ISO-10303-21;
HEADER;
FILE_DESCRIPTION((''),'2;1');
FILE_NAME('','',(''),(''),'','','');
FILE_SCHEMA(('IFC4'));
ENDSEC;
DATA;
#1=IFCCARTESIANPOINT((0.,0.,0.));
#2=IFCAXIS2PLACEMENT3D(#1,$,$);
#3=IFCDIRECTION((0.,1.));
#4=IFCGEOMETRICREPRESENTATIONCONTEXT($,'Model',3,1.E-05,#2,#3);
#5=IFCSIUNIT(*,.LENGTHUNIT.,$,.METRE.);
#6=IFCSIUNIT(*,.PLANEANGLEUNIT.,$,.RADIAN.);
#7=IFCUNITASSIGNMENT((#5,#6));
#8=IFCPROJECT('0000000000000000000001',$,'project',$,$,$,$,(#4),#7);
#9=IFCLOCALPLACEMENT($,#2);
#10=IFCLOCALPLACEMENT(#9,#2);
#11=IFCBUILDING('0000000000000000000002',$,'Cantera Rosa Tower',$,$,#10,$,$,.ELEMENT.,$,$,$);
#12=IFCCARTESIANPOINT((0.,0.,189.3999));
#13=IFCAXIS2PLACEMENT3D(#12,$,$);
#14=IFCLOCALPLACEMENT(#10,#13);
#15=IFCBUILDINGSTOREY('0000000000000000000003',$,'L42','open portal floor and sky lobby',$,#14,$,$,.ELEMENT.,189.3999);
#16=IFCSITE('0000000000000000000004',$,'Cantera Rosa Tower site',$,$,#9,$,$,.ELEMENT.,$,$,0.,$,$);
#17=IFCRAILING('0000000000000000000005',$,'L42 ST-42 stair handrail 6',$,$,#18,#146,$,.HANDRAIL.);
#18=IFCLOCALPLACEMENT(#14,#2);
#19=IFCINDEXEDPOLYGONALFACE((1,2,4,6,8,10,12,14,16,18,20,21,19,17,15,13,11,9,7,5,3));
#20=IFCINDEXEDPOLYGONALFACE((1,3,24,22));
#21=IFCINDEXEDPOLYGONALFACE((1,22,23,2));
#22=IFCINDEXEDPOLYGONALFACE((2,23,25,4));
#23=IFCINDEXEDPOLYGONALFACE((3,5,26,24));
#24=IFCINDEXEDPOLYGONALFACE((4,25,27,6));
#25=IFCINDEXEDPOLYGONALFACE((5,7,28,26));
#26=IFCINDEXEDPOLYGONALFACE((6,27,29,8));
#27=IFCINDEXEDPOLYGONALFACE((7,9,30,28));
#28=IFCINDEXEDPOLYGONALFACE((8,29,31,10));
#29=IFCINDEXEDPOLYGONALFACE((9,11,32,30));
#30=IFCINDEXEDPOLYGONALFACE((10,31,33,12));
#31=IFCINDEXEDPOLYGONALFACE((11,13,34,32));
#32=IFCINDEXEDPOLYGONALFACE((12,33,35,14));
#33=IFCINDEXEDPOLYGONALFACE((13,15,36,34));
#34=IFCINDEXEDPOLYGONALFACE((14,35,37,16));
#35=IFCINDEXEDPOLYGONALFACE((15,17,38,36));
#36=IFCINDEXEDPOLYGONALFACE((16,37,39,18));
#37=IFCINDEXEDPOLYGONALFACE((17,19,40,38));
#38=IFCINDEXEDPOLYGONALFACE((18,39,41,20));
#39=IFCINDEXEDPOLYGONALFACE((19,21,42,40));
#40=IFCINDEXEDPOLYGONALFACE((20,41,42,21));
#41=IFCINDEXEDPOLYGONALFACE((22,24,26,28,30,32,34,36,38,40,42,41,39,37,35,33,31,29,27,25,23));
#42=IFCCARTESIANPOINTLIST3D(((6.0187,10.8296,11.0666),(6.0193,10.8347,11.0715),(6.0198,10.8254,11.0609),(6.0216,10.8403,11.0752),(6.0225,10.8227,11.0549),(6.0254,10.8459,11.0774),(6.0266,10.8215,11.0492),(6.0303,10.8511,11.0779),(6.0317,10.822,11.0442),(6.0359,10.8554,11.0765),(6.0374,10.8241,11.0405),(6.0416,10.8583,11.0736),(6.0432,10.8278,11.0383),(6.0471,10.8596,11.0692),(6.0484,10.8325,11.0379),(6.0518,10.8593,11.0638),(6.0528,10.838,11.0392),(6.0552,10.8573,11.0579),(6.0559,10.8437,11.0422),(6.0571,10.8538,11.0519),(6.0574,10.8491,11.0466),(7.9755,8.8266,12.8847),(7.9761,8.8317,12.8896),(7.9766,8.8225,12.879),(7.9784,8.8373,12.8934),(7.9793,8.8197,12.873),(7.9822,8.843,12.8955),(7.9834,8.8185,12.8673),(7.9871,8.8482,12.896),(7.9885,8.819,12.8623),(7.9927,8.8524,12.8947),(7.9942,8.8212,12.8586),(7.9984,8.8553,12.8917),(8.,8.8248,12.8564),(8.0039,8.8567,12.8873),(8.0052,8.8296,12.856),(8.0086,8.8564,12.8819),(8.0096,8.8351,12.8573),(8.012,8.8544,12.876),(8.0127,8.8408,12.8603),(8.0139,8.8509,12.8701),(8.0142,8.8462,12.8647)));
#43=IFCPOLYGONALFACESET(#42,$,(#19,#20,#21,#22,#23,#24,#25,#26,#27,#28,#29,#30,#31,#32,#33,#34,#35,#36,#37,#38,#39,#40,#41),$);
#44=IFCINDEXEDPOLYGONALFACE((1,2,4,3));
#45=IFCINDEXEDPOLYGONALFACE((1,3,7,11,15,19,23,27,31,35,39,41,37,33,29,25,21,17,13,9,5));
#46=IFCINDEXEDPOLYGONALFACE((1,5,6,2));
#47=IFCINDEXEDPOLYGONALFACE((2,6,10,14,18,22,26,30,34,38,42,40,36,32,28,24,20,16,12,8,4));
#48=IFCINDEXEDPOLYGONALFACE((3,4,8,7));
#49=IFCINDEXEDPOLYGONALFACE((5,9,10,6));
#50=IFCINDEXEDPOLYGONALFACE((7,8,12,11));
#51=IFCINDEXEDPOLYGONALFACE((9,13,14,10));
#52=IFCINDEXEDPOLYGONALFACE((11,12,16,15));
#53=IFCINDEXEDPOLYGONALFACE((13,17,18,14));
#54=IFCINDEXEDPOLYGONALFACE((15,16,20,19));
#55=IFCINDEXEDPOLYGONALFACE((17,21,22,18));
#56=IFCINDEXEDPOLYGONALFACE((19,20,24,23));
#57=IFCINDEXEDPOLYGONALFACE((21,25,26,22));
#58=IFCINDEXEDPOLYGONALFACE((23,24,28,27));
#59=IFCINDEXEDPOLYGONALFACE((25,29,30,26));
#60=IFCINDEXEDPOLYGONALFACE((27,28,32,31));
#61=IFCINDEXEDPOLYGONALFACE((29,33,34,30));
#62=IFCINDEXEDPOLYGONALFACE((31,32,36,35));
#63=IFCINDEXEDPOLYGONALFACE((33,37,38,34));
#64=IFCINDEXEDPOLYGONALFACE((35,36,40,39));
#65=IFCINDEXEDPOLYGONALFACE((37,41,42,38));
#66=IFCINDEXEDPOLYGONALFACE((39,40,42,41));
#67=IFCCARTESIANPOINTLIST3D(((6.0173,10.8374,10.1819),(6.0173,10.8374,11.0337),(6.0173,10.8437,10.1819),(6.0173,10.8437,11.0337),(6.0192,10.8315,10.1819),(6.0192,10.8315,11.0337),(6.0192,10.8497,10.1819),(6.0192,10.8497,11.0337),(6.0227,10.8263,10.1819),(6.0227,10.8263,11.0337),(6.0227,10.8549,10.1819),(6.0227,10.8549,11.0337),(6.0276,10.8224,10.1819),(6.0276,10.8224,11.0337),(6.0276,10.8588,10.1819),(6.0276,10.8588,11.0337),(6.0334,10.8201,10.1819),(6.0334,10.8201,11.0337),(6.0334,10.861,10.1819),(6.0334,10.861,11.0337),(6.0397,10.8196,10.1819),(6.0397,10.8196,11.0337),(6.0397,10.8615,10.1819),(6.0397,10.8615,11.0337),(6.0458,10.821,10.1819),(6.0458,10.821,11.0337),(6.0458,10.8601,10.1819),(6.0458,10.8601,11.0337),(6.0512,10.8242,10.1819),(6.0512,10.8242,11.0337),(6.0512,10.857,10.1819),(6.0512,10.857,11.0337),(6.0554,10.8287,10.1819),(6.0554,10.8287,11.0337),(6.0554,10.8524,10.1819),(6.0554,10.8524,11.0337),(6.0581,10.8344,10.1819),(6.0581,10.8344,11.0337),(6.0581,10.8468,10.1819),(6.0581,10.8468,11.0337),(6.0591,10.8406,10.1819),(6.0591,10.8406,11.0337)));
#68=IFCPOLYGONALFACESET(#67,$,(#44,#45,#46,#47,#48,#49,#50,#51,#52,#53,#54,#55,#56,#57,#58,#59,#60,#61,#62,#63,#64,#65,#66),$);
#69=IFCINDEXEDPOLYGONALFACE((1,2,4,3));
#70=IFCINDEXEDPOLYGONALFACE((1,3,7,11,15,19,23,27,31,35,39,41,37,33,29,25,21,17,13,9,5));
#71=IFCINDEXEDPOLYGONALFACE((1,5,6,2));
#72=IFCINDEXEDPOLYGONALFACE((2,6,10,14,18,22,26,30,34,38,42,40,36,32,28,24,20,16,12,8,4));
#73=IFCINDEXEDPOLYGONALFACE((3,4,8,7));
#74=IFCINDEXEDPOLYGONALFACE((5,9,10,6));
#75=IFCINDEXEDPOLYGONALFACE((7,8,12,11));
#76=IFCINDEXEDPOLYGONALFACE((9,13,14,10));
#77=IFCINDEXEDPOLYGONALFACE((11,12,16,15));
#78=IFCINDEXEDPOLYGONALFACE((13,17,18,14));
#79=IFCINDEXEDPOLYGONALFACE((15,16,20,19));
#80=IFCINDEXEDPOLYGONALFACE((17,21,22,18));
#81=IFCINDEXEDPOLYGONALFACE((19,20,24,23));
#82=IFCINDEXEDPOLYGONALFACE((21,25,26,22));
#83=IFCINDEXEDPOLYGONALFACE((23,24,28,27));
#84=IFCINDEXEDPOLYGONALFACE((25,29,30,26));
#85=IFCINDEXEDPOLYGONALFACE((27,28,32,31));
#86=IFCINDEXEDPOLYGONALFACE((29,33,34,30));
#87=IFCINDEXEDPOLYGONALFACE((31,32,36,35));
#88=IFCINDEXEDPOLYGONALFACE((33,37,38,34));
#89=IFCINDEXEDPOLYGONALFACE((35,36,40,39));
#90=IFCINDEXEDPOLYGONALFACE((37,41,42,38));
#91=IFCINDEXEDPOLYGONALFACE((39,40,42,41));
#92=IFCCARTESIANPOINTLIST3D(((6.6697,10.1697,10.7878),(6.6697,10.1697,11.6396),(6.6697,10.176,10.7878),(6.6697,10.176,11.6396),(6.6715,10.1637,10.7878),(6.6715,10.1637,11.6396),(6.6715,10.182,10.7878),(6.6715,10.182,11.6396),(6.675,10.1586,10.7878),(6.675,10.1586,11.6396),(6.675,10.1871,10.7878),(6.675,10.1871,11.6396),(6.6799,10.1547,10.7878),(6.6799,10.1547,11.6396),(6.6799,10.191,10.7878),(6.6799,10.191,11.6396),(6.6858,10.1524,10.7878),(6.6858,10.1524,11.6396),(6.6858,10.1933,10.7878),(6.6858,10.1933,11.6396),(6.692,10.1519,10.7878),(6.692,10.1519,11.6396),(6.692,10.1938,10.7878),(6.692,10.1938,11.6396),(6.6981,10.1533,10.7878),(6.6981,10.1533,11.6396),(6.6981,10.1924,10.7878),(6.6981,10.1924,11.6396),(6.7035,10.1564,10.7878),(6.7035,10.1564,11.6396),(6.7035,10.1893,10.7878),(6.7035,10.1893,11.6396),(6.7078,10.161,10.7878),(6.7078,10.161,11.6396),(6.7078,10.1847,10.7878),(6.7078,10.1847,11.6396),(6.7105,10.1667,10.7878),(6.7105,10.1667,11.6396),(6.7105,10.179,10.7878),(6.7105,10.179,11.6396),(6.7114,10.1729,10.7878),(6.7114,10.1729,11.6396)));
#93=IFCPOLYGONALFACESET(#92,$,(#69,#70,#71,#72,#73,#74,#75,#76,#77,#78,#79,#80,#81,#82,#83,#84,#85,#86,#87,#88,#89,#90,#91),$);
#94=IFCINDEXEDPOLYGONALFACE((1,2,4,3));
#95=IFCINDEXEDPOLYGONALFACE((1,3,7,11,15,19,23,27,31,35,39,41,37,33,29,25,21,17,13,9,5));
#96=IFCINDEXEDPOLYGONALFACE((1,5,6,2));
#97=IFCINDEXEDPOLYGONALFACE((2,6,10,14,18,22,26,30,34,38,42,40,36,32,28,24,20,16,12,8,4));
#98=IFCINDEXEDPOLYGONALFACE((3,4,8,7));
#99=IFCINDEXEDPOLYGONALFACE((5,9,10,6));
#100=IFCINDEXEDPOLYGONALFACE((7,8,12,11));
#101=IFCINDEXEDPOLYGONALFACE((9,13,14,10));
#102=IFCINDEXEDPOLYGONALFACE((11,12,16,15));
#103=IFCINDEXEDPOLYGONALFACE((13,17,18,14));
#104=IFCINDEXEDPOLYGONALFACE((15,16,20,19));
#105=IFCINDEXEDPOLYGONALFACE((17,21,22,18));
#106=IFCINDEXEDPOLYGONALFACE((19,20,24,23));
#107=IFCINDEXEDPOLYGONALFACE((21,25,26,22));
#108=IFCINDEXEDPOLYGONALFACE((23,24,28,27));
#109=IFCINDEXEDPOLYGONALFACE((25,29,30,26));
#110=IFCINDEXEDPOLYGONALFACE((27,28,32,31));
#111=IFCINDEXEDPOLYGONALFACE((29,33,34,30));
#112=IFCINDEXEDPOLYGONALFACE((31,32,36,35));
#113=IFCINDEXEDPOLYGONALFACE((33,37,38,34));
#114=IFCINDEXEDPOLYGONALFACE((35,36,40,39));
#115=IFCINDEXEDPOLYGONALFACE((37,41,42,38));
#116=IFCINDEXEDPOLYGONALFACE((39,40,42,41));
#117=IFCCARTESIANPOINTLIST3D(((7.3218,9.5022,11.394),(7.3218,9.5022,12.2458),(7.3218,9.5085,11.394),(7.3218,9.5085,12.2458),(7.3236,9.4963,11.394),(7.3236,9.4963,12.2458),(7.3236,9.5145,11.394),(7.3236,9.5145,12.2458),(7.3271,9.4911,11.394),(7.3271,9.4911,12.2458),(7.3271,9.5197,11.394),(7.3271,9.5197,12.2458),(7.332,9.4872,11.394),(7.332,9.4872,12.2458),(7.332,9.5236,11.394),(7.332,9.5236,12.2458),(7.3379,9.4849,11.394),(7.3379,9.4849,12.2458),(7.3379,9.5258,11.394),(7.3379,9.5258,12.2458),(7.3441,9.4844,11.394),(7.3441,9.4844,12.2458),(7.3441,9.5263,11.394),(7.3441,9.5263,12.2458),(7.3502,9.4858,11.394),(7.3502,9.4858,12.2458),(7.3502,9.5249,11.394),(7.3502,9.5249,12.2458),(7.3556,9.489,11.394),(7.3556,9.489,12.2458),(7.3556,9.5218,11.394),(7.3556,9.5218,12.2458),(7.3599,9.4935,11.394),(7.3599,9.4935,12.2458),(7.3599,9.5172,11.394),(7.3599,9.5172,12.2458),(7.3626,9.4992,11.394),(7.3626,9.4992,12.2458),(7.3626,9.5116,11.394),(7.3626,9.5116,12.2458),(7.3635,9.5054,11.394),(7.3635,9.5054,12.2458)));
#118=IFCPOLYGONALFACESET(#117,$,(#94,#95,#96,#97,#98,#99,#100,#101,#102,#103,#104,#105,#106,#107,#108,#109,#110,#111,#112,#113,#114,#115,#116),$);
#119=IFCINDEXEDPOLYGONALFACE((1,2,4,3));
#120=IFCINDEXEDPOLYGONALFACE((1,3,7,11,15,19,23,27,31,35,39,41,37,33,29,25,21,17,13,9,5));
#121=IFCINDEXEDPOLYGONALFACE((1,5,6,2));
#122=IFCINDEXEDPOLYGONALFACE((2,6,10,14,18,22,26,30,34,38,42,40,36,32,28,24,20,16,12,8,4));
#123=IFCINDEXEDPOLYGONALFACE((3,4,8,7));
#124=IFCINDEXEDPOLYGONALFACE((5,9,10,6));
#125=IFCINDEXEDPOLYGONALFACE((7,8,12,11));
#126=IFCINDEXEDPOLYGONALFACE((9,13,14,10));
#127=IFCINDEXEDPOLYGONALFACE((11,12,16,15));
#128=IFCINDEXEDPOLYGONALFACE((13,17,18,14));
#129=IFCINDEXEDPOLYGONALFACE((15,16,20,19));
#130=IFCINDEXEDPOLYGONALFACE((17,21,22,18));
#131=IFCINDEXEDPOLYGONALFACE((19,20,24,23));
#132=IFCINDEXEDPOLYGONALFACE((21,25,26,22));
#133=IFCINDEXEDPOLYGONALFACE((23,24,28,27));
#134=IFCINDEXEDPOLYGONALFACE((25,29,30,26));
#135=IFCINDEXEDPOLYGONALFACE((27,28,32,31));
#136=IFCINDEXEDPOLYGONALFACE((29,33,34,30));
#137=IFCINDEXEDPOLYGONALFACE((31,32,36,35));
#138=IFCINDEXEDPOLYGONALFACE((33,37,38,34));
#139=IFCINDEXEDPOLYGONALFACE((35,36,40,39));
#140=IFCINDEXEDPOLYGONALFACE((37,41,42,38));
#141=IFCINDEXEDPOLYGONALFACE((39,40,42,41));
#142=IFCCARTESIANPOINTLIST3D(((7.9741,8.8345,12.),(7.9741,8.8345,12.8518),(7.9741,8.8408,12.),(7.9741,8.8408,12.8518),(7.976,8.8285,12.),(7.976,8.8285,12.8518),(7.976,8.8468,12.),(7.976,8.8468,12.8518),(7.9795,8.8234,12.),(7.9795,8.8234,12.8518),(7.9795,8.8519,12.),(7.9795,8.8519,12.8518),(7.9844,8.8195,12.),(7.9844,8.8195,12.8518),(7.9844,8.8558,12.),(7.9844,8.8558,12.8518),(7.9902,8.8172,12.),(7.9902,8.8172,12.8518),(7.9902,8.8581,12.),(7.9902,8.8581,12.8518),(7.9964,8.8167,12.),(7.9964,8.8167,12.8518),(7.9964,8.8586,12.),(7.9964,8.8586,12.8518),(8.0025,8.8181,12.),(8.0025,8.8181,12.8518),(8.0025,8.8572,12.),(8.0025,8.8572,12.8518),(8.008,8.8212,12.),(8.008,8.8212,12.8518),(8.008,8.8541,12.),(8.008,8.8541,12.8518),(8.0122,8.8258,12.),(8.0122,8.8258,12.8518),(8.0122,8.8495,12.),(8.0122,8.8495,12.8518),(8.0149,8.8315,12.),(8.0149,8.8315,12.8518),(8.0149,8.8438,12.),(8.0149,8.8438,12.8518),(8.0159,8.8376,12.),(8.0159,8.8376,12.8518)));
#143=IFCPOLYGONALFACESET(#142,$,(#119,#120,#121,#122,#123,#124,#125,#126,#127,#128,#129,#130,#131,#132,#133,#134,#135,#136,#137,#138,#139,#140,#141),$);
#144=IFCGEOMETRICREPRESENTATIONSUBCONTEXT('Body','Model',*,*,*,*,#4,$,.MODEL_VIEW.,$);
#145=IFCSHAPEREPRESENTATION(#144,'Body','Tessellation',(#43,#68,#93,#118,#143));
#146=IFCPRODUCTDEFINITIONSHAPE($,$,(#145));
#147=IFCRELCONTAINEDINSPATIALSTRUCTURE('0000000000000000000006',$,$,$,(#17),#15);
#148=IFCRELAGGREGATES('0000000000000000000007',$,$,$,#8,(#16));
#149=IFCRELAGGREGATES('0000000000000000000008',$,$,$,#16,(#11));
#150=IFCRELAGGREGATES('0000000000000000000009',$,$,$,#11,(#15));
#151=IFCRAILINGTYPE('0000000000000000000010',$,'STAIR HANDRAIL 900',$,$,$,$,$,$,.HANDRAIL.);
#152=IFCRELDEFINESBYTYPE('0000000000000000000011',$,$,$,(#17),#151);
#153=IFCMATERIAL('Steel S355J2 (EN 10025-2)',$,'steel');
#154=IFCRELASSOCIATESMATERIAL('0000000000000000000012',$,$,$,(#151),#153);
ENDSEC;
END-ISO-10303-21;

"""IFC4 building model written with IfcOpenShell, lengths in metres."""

from ifc_helpers import new_model, si_unit, direction, frame, origin, origin_2d, place, context, subcontext, project, spatial, circle, extrude, material, type_object, element, save


model = new_model("IFC4")

# Units and contexts
model_context = context("Model", 3, precision=1e-05, world=origin(), true_north=direction((0.0, 1.0)))
body_context = subcontext(model_context, "Body", "Model", "MODEL_VIEW")
ifc_project = project(units=[si_unit("LENGTHUNIT", "METRE"), si_unit("PLANEANGLEUNIT", "RADIAN")], contexts=[model_context])

# Site, building, storey
site_placement = place(None, origin())
site = spatial("IfcSite", under=ifc_project, at=site_placement, Name="Cantera Rosa Tower site", CompositionType="ELEMENT", RefElevation=0.0)
building_placement = place(site_placement, origin())
building = spatial("IfcBuilding", under=site, at=building_placement, Name="Cantera Rosa Tower", CompositionType="ELEMENT")
storey_placement = place(building_placement, frame((0.0, 0.0, 189.3999)))
storey = spatial("IfcBuildingStorey", under=building, at=storey_placement, Name="L42", Description="open portal floor and sky lobby", CompositionType="ELEMENT", Elevation=189.3999)

# Railing
ifc_material_1 = material(Name="Steel S355J2 (EN 10025-2)", Category="steel")
railing_type_1 = type_object("IfcRailingType", Name="STAIR HANDRAIL 900", PredefinedType="HANDRAIL", material=ifc_material_1)
for number, where, name in (
    (1, (6.0381, 10.8406, 10.1819), "L42 ST-42 stair handrail 6"),
):
    element("IfcRailing", number, at=place(storey_placement, frame(where)), inside=storey, type_object=railing_type_1, Name=name, PredefinedType="HANDRAIL", context=body_context, shape_type="SweptSolid", body=[
        extrude(circle(Radius=0.0239, at=origin_2d()), frame((0.0, 0.0, 0.876), z_axis=(0.586109, -0.59993, 0.544573), x_axis=(0.715298, 0.698819, 0.0)), (0.0, 0.0, 1.0), 3.3386),
        extrude(circle(Radius=0.021, at=origin_2d()), origin(), (0.0, 0.0, 1.0), 0.8518),
        extrude(circle(Radius=0.021, at=origin_2d()), frame((0.6523, -0.6677, 0.606)), (0.0, 0.0, 1.0), 0.8518),
        extrude(circle(Radius=0.021, at=origin_2d()), frame((1.3044, -1.3352, 1.2122)), (0.0, 0.0, 1.0), 0.8518),
        extrude(circle(Radius=0.021, at=origin_2d()), frame((1.9568, -2.0029, 1.8181)), (0.0, 0.0, 1.0), 0.8518),
    ])

save(model, "model.ifc")
